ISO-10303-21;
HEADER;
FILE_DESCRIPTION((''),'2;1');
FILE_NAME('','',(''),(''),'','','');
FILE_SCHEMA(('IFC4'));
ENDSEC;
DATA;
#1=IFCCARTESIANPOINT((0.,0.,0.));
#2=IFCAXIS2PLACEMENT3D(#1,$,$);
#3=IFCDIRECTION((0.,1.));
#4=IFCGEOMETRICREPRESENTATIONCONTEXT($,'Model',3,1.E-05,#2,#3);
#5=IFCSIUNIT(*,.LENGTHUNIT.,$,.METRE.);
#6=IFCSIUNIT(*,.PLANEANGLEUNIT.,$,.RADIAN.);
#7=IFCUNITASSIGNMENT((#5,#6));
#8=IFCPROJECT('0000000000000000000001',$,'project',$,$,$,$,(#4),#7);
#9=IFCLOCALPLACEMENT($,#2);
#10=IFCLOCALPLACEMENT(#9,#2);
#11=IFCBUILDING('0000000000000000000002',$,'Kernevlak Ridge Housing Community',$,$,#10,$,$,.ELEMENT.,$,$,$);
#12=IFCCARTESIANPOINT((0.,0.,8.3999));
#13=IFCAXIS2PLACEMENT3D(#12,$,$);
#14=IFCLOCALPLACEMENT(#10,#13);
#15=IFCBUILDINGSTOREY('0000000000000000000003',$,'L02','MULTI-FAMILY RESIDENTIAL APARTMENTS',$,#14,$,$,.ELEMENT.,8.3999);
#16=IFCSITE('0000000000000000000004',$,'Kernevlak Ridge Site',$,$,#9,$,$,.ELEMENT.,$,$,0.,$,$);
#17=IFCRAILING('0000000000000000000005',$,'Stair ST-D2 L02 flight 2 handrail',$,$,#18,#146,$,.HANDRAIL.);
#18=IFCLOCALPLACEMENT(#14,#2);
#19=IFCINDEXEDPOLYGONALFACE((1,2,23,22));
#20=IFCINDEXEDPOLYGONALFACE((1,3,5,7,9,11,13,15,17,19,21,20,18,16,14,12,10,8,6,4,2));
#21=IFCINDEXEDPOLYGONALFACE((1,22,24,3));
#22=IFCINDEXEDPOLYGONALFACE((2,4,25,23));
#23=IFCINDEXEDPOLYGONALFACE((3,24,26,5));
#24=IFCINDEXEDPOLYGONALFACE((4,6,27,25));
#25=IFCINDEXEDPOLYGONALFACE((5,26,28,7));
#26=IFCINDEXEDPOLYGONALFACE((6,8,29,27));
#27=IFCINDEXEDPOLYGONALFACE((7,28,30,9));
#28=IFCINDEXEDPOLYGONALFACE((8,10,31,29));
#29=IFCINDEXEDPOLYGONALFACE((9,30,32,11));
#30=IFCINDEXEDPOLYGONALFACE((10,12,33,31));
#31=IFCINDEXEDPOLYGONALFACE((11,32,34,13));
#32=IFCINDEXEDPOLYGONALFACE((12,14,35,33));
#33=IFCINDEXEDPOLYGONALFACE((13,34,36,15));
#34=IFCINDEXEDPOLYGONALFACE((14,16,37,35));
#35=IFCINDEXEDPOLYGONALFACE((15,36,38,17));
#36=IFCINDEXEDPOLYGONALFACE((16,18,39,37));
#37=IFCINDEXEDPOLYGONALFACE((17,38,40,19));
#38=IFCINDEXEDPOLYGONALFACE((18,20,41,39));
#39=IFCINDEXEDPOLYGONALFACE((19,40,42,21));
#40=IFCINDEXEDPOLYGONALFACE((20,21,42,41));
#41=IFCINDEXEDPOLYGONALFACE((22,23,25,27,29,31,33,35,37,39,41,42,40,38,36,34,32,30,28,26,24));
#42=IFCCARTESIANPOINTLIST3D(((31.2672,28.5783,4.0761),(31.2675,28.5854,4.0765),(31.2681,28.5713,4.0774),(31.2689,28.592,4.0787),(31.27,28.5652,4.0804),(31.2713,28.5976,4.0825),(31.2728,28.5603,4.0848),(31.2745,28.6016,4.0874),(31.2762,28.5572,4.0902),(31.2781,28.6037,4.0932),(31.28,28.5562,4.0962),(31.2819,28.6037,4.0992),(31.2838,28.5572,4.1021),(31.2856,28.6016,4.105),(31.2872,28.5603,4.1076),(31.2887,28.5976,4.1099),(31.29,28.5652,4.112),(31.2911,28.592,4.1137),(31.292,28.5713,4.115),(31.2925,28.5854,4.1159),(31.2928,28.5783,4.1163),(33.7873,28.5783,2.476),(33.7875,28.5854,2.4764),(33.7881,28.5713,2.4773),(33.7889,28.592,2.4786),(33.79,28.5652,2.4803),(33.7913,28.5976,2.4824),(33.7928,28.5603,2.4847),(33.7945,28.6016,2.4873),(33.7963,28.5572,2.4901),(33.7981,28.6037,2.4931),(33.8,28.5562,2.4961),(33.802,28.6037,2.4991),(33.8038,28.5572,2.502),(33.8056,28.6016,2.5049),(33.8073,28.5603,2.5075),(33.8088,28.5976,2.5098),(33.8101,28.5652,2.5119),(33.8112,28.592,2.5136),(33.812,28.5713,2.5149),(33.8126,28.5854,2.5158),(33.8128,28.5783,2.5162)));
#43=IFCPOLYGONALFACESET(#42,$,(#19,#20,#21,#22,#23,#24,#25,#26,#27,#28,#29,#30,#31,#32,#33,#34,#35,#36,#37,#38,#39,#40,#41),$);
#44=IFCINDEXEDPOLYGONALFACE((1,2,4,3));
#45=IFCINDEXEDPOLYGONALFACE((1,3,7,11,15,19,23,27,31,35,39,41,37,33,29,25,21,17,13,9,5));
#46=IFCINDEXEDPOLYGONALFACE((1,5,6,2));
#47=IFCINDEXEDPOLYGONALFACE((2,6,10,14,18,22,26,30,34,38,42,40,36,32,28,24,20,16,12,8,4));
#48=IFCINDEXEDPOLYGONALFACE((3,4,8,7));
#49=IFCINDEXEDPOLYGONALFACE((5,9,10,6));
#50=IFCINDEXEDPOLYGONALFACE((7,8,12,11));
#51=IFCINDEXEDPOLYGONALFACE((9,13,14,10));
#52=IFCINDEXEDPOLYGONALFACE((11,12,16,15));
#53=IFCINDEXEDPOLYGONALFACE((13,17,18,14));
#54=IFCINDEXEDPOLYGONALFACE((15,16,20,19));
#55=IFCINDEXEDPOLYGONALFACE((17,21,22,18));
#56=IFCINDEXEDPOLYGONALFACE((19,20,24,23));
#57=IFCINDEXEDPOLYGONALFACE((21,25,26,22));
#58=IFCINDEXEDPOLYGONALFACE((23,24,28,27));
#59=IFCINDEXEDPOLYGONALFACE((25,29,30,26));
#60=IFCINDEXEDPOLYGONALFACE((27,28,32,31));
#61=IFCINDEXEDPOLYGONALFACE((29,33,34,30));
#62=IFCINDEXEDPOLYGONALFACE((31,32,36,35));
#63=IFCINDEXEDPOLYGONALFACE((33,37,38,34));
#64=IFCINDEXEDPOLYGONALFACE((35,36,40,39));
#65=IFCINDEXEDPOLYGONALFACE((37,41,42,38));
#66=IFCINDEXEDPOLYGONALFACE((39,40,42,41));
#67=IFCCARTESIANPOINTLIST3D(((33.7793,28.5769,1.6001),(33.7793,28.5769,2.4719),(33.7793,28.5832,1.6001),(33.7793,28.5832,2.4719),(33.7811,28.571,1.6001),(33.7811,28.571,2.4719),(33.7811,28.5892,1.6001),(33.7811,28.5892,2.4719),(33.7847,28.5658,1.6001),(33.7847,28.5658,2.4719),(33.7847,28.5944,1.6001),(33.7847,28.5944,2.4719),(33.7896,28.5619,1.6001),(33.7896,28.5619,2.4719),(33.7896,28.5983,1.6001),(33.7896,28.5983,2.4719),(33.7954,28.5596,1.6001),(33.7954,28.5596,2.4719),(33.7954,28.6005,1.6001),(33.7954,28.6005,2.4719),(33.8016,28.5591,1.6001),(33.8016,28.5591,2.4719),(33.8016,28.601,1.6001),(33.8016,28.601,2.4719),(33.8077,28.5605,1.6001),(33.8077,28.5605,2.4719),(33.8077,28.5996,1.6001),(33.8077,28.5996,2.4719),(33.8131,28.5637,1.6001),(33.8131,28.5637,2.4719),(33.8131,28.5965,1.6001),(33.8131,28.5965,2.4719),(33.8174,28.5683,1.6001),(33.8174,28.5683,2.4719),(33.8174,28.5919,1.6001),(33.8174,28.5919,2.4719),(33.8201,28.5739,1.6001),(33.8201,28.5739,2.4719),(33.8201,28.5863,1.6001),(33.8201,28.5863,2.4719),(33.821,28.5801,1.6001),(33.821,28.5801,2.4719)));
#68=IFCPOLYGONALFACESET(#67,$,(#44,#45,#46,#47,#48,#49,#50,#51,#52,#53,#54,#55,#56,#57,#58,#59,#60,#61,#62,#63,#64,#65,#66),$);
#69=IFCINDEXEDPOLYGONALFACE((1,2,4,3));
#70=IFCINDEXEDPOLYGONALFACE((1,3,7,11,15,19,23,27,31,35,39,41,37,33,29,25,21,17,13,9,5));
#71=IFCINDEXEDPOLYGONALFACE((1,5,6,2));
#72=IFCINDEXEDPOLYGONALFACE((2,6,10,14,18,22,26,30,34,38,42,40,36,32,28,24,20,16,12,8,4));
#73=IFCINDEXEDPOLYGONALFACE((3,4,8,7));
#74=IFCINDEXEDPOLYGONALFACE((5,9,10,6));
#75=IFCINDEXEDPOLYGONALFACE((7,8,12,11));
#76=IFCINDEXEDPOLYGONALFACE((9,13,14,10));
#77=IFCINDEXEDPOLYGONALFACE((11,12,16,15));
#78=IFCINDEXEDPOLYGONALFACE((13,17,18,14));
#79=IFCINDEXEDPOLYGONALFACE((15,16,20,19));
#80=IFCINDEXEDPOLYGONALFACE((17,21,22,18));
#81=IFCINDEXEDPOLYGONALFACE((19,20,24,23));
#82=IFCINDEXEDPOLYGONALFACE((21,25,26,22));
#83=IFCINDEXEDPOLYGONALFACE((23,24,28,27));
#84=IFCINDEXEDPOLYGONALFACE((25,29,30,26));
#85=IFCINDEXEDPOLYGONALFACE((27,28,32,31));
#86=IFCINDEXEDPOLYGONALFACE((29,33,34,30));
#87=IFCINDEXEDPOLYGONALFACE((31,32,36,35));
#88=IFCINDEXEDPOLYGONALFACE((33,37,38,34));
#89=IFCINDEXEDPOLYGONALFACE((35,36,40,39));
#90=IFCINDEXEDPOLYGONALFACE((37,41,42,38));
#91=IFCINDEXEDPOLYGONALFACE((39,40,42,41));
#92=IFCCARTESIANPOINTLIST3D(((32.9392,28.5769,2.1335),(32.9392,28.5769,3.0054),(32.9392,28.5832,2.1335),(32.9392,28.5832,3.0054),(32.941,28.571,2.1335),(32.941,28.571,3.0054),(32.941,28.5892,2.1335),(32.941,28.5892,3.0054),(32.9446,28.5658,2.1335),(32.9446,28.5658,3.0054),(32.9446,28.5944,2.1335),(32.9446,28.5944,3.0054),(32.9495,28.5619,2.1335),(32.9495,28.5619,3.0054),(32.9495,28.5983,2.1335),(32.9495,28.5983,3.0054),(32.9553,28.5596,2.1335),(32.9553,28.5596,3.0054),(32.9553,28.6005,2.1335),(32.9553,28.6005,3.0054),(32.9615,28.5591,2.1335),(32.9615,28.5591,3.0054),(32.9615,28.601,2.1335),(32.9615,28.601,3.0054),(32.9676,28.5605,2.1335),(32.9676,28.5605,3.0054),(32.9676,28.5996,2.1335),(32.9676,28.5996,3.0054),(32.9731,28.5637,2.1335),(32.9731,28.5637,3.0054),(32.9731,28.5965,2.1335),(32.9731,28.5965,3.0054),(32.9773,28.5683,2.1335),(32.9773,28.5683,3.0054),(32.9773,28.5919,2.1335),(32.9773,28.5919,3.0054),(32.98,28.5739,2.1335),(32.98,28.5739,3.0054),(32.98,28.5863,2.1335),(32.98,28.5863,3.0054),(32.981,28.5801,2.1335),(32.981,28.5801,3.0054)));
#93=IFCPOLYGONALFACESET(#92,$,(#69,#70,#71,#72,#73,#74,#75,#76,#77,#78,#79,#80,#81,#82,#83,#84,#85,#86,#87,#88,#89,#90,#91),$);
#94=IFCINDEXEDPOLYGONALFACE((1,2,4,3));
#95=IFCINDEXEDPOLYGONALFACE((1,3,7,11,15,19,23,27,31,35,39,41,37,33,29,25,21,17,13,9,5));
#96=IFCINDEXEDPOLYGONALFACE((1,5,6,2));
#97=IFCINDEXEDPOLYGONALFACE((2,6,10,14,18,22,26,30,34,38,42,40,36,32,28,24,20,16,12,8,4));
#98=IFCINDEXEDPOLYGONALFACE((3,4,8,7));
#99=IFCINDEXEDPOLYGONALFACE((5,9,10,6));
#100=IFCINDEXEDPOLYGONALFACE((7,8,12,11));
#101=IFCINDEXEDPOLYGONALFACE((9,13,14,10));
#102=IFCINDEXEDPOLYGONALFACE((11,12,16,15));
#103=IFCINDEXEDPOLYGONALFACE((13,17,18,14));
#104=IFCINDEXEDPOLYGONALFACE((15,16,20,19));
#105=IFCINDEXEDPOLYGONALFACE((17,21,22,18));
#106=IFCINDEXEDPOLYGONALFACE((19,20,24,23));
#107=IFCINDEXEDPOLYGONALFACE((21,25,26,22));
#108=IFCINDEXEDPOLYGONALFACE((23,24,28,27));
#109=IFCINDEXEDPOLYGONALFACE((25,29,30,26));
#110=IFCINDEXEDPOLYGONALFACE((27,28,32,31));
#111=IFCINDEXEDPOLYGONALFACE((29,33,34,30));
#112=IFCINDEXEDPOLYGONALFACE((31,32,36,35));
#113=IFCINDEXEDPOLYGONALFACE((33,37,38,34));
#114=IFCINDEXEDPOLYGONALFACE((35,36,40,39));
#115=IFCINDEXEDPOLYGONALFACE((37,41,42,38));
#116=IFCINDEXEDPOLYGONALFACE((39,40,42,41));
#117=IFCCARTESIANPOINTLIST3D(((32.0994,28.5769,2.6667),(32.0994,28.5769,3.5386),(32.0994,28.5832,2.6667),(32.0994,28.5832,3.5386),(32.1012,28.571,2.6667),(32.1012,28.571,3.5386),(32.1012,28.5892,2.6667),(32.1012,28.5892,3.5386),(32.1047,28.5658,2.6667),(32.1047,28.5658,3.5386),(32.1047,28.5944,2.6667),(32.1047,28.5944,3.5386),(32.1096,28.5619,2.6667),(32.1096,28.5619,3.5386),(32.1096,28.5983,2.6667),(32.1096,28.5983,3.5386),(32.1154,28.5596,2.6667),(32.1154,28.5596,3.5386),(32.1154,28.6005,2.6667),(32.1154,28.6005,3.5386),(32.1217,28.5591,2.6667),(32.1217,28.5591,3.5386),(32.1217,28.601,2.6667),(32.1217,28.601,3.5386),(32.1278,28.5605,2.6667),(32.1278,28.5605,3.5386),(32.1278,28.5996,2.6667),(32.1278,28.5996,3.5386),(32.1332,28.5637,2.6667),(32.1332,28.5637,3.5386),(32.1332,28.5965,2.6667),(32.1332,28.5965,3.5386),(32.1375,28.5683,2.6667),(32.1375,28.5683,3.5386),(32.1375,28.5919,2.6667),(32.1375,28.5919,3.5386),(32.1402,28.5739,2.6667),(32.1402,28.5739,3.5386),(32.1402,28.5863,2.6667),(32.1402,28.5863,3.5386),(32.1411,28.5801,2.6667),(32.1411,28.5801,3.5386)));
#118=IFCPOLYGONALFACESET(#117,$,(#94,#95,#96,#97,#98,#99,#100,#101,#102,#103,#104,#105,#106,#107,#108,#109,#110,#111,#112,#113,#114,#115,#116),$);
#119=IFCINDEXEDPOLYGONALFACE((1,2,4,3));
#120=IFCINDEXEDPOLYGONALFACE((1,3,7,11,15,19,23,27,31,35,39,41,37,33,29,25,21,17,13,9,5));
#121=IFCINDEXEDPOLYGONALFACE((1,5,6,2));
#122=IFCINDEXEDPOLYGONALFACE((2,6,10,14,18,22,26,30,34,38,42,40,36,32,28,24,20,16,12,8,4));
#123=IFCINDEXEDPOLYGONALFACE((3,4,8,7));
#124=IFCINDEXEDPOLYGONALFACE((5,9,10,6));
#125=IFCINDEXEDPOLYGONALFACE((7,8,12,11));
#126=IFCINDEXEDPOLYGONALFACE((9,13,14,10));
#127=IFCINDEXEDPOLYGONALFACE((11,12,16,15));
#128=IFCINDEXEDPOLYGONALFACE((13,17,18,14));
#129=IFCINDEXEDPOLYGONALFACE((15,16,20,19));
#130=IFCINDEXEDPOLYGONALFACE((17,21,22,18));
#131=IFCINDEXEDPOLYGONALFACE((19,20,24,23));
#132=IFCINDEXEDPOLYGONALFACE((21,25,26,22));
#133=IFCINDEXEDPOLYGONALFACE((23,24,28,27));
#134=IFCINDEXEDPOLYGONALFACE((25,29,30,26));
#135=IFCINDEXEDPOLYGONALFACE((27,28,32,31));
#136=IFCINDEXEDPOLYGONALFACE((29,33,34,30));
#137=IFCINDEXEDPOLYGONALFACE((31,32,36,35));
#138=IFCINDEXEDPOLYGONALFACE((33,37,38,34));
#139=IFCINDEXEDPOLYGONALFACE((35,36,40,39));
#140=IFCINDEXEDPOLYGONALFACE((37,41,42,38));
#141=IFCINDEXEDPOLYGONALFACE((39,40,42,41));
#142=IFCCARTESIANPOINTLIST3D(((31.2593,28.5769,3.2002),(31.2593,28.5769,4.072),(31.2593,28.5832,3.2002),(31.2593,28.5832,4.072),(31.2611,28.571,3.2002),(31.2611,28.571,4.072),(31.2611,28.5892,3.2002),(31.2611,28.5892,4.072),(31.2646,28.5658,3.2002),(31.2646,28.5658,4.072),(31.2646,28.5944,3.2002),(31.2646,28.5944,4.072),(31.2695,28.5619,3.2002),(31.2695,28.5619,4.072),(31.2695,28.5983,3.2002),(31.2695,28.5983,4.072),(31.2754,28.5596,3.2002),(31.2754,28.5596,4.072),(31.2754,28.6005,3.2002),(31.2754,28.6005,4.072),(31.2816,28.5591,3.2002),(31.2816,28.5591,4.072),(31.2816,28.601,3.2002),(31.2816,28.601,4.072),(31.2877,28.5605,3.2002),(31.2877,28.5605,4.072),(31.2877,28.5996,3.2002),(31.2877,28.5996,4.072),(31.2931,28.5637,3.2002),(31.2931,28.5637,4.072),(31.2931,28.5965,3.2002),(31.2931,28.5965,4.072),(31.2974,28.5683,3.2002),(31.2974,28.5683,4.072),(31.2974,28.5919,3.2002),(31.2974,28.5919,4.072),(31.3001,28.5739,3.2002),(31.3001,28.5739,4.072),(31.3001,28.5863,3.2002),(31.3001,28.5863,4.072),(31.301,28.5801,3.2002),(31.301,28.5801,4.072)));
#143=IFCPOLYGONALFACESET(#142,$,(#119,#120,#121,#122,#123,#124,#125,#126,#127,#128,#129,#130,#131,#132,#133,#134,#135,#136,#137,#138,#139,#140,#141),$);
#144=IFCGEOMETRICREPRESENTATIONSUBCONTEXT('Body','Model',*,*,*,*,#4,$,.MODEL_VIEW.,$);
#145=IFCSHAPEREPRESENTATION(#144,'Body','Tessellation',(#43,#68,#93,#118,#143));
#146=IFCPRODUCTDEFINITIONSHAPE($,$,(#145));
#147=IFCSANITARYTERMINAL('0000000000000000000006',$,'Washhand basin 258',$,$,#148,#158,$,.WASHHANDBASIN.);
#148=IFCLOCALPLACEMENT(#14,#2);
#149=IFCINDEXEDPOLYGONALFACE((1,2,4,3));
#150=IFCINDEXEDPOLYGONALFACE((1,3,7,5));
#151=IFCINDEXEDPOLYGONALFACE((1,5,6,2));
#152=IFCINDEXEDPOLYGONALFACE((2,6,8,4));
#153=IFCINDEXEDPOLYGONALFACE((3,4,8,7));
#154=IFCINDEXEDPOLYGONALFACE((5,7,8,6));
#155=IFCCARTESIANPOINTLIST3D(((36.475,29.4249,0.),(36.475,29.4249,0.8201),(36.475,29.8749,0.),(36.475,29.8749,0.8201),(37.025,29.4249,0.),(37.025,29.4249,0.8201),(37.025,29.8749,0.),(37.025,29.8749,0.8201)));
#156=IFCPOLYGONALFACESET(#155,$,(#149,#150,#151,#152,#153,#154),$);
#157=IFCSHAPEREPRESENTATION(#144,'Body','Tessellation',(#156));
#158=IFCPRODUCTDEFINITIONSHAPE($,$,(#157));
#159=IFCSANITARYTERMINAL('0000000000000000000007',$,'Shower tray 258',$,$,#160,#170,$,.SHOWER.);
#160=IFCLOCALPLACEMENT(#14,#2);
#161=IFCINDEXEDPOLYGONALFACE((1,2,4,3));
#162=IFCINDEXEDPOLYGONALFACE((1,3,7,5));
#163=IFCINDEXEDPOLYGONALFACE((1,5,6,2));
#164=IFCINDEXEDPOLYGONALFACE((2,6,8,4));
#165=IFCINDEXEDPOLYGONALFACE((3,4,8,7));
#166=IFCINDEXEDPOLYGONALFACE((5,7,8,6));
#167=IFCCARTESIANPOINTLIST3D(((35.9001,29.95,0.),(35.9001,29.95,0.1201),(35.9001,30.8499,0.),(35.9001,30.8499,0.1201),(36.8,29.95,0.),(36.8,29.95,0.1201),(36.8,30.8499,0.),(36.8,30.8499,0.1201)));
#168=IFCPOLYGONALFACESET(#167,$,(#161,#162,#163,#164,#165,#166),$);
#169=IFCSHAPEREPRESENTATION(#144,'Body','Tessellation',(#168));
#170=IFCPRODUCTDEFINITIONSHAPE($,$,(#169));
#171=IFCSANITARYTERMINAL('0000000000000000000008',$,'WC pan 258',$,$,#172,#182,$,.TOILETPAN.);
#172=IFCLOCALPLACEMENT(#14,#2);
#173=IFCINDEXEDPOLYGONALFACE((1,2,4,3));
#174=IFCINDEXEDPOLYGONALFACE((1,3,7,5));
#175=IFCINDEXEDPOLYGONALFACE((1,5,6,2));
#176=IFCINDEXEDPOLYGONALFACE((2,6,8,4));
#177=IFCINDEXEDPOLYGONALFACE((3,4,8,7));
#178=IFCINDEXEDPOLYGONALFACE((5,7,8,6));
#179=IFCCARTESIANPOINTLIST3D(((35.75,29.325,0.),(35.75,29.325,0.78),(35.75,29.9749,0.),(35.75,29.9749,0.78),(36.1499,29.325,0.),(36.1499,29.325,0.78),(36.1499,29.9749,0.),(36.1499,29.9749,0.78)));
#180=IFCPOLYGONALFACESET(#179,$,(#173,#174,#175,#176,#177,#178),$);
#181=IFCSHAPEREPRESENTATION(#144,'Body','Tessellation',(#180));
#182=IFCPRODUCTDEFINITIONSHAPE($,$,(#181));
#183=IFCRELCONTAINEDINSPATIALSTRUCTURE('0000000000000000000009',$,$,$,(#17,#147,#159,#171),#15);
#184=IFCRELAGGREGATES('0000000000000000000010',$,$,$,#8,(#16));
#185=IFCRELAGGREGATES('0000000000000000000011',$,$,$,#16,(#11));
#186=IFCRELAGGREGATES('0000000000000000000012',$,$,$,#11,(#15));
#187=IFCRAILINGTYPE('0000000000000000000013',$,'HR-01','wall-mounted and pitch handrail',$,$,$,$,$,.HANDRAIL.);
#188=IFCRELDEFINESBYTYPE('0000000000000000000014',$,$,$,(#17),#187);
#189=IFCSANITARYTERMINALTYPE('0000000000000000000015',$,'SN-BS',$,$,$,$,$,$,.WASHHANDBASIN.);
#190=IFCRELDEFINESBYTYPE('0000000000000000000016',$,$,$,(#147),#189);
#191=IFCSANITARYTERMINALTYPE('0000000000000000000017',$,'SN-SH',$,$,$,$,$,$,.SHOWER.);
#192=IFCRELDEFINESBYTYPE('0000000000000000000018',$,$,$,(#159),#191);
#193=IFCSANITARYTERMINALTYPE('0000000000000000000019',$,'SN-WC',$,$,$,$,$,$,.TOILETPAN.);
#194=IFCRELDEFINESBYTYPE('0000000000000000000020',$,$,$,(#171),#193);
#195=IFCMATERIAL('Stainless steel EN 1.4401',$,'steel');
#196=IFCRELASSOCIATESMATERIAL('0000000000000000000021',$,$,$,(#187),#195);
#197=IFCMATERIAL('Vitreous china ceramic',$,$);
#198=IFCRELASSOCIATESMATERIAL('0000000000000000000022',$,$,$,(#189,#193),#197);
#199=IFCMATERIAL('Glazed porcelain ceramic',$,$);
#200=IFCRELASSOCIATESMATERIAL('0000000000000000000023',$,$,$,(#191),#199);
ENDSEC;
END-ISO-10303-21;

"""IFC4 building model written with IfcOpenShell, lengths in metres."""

from ifc_helpers import new_model, si_unit, direction, frame, origin, origin_2d, place, context, subcontext, project, spatial, rectangle, circle, extrude, material, type_object, element, save


model = new_model("IFC4")

# Units and contexts
model_context = context("Model", 3, precision=1e-05, world=origin(), true_north=direction((0.0, 1.0)))
body_context = subcontext(model_context, "Body", "Model", "MODEL_VIEW")
ifc_project = project(units=[si_unit("LENGTHUNIT", "METRE"), si_unit("PLANEANGLEUNIT", "RADIAN")], contexts=[model_context])

# Site, building, storey
site_placement = place(None, origin())
site = spatial("IfcSite", under=ifc_project, at=site_placement, Name="Kernevlak Ridge Site", CompositionType="ELEMENT", RefElevation=0.0)
building_placement = place(site_placement, origin())
building = spatial("IfcBuilding", under=site, at=building_placement, Name="Kernevlak Ridge Housing Community", CompositionType="ELEMENT")
storey_placement = place(building_placement, frame((0.0, 0.0, 8.3999)))
storey = spatial("IfcBuildingStorey", under=building, at=storey_placement, Name="L02", Description="MULTI-FAMILY RESIDENTIAL APARTMENTS", CompositionType="ELEMENT", Elevation=8.3999)

# Railing
ifc_material_1 = material(Name="Stainless steel EN 1.4401", Category="steel")
railing_type_1 = type_object("IfcRailingType", Name="HR-01", Description="wall-mounted and pitch handrail", PredefinedType="HANDRAIL", material=ifc_material_1)
railing_1_placement = place(storey_placement, frame((33.8, 28.5801, 1.6001)))
element("IfcRailing", 1, at=railing_1_placement, inside=storey, type_object=railing_type_1, Name="Stair ST-D2 L02 flight 2 handrail", PredefinedType="HANDRAIL", context=body_context, shape_type="SweptSolid", body=[
    extrude(circle(Radius=0.0239, at=origin_2d()), frame((0.0, 0.0, 0.896), z_axis=(-0.8442, 0.0, 0.536028), x_axis=(0.0, -1.0, 0.0)), (0.0, 0.0, 1.0), 2.9851),
    extrude(circle(Radius=0.021, at=origin_2d()), origin(), (0.0, 0.0, 1.0), 0.8718),
    extrude(circle(Radius=0.021, at=origin_2d()), frame((-0.8401, 0.0, 0.5334)), (0.0, 0.0, 1.0), 0.8718),
    extrude(circle(Radius=0.021, at=origin_2d()), frame((-1.6799, 0.0, 1.0667)), (0.0, 0.0, 1.0), 0.8718),
    extrude(circle(Radius=0.021, at=origin_2d()), frame((-2.52, 0.0, 1.6001)), (0.0, 0.0, 1.0), 0.8718),
])

# Sanitary terminals
ifc_material_2 = material(Name="Vitreous china ceramic")
sanitary_terminal_type_1 = type_object("IfcSanitaryTerminalType", Name="SN-BS", PredefinedType="WASHHANDBASIN", material=ifc_material_2)
sanitary_terminal_1_placement = place(storey_placement, frame((36.75, 29.6499, 0.0), z_axis=(0.0, 0.0, 1.0), x_axis=(1.0, 0.0, 0.0)))
element("IfcSanitaryTerminal", 2, at=sanitary_terminal_1_placement, inside=storey, type_object=sanitary_terminal_type_1, Name="Washhand basin 258", PredefinedType="WASHHANDBASIN", context=body_context, shape_type="SweptSolid", body=[
    extrude(rectangle(XDim=0.55, YDim=0.45, at=origin_2d()), origin(), (0.0, 0.0, 1.0), 0.8201),
])
ifc_material_3 = material(Name="Glazed porcelain ceramic")
sanitary_terminal_type_2 = type_object("IfcSanitaryTerminalType", Name="SN-SH", PredefinedType="SHOWER", material=ifc_material_3)
sanitary_terminal_2_placement = place(storey_placement, frame((36.3501, 30.3999, 0.0), z_axis=(0.0, 0.0, 1.0), x_axis=(1.0, 0.0, 0.0)))
element("IfcSanitaryTerminal", 3, at=sanitary_terminal_2_placement, inside=storey, type_object=sanitary_terminal_type_2, Name="Shower tray 258", PredefinedType="SHOWER", context=body_context, shape_type="SweptSolid", body=[
    extrude(rectangle(XDim=0.8999, YDim=0.8999, at=origin_2d()), origin(), (0.0, 0.0, 1.0), 0.1201),
])
sanitary_terminal_type_3 = type_object("IfcSanitaryTerminalType", Name="SN-WC", PredefinedType="TOILETPAN", material=ifc_material_2)
sanitary_terminal_3_placement = place(storey_placement, frame((35.95, 29.6499, 0.0), z_axis=(0.0, 0.0, 1.0), x_axis=(1.0, 0.0, 0.0)))
element("IfcSanitaryTerminal", 4, at=sanitary_terminal_3_placement, inside=storey, type_object=sanitary_terminal_type_3, Name="WC pan 258", PredefinedType="TOILETPAN", context=body_context, shape_type="SweptSolid", body=[
    extrude(rectangle(XDim=0.3999, YDim=0.6499, at=origin_2d()), origin(), (0.0, 0.0, 1.0), 0.78),
])

save(model, "model.ifc")
